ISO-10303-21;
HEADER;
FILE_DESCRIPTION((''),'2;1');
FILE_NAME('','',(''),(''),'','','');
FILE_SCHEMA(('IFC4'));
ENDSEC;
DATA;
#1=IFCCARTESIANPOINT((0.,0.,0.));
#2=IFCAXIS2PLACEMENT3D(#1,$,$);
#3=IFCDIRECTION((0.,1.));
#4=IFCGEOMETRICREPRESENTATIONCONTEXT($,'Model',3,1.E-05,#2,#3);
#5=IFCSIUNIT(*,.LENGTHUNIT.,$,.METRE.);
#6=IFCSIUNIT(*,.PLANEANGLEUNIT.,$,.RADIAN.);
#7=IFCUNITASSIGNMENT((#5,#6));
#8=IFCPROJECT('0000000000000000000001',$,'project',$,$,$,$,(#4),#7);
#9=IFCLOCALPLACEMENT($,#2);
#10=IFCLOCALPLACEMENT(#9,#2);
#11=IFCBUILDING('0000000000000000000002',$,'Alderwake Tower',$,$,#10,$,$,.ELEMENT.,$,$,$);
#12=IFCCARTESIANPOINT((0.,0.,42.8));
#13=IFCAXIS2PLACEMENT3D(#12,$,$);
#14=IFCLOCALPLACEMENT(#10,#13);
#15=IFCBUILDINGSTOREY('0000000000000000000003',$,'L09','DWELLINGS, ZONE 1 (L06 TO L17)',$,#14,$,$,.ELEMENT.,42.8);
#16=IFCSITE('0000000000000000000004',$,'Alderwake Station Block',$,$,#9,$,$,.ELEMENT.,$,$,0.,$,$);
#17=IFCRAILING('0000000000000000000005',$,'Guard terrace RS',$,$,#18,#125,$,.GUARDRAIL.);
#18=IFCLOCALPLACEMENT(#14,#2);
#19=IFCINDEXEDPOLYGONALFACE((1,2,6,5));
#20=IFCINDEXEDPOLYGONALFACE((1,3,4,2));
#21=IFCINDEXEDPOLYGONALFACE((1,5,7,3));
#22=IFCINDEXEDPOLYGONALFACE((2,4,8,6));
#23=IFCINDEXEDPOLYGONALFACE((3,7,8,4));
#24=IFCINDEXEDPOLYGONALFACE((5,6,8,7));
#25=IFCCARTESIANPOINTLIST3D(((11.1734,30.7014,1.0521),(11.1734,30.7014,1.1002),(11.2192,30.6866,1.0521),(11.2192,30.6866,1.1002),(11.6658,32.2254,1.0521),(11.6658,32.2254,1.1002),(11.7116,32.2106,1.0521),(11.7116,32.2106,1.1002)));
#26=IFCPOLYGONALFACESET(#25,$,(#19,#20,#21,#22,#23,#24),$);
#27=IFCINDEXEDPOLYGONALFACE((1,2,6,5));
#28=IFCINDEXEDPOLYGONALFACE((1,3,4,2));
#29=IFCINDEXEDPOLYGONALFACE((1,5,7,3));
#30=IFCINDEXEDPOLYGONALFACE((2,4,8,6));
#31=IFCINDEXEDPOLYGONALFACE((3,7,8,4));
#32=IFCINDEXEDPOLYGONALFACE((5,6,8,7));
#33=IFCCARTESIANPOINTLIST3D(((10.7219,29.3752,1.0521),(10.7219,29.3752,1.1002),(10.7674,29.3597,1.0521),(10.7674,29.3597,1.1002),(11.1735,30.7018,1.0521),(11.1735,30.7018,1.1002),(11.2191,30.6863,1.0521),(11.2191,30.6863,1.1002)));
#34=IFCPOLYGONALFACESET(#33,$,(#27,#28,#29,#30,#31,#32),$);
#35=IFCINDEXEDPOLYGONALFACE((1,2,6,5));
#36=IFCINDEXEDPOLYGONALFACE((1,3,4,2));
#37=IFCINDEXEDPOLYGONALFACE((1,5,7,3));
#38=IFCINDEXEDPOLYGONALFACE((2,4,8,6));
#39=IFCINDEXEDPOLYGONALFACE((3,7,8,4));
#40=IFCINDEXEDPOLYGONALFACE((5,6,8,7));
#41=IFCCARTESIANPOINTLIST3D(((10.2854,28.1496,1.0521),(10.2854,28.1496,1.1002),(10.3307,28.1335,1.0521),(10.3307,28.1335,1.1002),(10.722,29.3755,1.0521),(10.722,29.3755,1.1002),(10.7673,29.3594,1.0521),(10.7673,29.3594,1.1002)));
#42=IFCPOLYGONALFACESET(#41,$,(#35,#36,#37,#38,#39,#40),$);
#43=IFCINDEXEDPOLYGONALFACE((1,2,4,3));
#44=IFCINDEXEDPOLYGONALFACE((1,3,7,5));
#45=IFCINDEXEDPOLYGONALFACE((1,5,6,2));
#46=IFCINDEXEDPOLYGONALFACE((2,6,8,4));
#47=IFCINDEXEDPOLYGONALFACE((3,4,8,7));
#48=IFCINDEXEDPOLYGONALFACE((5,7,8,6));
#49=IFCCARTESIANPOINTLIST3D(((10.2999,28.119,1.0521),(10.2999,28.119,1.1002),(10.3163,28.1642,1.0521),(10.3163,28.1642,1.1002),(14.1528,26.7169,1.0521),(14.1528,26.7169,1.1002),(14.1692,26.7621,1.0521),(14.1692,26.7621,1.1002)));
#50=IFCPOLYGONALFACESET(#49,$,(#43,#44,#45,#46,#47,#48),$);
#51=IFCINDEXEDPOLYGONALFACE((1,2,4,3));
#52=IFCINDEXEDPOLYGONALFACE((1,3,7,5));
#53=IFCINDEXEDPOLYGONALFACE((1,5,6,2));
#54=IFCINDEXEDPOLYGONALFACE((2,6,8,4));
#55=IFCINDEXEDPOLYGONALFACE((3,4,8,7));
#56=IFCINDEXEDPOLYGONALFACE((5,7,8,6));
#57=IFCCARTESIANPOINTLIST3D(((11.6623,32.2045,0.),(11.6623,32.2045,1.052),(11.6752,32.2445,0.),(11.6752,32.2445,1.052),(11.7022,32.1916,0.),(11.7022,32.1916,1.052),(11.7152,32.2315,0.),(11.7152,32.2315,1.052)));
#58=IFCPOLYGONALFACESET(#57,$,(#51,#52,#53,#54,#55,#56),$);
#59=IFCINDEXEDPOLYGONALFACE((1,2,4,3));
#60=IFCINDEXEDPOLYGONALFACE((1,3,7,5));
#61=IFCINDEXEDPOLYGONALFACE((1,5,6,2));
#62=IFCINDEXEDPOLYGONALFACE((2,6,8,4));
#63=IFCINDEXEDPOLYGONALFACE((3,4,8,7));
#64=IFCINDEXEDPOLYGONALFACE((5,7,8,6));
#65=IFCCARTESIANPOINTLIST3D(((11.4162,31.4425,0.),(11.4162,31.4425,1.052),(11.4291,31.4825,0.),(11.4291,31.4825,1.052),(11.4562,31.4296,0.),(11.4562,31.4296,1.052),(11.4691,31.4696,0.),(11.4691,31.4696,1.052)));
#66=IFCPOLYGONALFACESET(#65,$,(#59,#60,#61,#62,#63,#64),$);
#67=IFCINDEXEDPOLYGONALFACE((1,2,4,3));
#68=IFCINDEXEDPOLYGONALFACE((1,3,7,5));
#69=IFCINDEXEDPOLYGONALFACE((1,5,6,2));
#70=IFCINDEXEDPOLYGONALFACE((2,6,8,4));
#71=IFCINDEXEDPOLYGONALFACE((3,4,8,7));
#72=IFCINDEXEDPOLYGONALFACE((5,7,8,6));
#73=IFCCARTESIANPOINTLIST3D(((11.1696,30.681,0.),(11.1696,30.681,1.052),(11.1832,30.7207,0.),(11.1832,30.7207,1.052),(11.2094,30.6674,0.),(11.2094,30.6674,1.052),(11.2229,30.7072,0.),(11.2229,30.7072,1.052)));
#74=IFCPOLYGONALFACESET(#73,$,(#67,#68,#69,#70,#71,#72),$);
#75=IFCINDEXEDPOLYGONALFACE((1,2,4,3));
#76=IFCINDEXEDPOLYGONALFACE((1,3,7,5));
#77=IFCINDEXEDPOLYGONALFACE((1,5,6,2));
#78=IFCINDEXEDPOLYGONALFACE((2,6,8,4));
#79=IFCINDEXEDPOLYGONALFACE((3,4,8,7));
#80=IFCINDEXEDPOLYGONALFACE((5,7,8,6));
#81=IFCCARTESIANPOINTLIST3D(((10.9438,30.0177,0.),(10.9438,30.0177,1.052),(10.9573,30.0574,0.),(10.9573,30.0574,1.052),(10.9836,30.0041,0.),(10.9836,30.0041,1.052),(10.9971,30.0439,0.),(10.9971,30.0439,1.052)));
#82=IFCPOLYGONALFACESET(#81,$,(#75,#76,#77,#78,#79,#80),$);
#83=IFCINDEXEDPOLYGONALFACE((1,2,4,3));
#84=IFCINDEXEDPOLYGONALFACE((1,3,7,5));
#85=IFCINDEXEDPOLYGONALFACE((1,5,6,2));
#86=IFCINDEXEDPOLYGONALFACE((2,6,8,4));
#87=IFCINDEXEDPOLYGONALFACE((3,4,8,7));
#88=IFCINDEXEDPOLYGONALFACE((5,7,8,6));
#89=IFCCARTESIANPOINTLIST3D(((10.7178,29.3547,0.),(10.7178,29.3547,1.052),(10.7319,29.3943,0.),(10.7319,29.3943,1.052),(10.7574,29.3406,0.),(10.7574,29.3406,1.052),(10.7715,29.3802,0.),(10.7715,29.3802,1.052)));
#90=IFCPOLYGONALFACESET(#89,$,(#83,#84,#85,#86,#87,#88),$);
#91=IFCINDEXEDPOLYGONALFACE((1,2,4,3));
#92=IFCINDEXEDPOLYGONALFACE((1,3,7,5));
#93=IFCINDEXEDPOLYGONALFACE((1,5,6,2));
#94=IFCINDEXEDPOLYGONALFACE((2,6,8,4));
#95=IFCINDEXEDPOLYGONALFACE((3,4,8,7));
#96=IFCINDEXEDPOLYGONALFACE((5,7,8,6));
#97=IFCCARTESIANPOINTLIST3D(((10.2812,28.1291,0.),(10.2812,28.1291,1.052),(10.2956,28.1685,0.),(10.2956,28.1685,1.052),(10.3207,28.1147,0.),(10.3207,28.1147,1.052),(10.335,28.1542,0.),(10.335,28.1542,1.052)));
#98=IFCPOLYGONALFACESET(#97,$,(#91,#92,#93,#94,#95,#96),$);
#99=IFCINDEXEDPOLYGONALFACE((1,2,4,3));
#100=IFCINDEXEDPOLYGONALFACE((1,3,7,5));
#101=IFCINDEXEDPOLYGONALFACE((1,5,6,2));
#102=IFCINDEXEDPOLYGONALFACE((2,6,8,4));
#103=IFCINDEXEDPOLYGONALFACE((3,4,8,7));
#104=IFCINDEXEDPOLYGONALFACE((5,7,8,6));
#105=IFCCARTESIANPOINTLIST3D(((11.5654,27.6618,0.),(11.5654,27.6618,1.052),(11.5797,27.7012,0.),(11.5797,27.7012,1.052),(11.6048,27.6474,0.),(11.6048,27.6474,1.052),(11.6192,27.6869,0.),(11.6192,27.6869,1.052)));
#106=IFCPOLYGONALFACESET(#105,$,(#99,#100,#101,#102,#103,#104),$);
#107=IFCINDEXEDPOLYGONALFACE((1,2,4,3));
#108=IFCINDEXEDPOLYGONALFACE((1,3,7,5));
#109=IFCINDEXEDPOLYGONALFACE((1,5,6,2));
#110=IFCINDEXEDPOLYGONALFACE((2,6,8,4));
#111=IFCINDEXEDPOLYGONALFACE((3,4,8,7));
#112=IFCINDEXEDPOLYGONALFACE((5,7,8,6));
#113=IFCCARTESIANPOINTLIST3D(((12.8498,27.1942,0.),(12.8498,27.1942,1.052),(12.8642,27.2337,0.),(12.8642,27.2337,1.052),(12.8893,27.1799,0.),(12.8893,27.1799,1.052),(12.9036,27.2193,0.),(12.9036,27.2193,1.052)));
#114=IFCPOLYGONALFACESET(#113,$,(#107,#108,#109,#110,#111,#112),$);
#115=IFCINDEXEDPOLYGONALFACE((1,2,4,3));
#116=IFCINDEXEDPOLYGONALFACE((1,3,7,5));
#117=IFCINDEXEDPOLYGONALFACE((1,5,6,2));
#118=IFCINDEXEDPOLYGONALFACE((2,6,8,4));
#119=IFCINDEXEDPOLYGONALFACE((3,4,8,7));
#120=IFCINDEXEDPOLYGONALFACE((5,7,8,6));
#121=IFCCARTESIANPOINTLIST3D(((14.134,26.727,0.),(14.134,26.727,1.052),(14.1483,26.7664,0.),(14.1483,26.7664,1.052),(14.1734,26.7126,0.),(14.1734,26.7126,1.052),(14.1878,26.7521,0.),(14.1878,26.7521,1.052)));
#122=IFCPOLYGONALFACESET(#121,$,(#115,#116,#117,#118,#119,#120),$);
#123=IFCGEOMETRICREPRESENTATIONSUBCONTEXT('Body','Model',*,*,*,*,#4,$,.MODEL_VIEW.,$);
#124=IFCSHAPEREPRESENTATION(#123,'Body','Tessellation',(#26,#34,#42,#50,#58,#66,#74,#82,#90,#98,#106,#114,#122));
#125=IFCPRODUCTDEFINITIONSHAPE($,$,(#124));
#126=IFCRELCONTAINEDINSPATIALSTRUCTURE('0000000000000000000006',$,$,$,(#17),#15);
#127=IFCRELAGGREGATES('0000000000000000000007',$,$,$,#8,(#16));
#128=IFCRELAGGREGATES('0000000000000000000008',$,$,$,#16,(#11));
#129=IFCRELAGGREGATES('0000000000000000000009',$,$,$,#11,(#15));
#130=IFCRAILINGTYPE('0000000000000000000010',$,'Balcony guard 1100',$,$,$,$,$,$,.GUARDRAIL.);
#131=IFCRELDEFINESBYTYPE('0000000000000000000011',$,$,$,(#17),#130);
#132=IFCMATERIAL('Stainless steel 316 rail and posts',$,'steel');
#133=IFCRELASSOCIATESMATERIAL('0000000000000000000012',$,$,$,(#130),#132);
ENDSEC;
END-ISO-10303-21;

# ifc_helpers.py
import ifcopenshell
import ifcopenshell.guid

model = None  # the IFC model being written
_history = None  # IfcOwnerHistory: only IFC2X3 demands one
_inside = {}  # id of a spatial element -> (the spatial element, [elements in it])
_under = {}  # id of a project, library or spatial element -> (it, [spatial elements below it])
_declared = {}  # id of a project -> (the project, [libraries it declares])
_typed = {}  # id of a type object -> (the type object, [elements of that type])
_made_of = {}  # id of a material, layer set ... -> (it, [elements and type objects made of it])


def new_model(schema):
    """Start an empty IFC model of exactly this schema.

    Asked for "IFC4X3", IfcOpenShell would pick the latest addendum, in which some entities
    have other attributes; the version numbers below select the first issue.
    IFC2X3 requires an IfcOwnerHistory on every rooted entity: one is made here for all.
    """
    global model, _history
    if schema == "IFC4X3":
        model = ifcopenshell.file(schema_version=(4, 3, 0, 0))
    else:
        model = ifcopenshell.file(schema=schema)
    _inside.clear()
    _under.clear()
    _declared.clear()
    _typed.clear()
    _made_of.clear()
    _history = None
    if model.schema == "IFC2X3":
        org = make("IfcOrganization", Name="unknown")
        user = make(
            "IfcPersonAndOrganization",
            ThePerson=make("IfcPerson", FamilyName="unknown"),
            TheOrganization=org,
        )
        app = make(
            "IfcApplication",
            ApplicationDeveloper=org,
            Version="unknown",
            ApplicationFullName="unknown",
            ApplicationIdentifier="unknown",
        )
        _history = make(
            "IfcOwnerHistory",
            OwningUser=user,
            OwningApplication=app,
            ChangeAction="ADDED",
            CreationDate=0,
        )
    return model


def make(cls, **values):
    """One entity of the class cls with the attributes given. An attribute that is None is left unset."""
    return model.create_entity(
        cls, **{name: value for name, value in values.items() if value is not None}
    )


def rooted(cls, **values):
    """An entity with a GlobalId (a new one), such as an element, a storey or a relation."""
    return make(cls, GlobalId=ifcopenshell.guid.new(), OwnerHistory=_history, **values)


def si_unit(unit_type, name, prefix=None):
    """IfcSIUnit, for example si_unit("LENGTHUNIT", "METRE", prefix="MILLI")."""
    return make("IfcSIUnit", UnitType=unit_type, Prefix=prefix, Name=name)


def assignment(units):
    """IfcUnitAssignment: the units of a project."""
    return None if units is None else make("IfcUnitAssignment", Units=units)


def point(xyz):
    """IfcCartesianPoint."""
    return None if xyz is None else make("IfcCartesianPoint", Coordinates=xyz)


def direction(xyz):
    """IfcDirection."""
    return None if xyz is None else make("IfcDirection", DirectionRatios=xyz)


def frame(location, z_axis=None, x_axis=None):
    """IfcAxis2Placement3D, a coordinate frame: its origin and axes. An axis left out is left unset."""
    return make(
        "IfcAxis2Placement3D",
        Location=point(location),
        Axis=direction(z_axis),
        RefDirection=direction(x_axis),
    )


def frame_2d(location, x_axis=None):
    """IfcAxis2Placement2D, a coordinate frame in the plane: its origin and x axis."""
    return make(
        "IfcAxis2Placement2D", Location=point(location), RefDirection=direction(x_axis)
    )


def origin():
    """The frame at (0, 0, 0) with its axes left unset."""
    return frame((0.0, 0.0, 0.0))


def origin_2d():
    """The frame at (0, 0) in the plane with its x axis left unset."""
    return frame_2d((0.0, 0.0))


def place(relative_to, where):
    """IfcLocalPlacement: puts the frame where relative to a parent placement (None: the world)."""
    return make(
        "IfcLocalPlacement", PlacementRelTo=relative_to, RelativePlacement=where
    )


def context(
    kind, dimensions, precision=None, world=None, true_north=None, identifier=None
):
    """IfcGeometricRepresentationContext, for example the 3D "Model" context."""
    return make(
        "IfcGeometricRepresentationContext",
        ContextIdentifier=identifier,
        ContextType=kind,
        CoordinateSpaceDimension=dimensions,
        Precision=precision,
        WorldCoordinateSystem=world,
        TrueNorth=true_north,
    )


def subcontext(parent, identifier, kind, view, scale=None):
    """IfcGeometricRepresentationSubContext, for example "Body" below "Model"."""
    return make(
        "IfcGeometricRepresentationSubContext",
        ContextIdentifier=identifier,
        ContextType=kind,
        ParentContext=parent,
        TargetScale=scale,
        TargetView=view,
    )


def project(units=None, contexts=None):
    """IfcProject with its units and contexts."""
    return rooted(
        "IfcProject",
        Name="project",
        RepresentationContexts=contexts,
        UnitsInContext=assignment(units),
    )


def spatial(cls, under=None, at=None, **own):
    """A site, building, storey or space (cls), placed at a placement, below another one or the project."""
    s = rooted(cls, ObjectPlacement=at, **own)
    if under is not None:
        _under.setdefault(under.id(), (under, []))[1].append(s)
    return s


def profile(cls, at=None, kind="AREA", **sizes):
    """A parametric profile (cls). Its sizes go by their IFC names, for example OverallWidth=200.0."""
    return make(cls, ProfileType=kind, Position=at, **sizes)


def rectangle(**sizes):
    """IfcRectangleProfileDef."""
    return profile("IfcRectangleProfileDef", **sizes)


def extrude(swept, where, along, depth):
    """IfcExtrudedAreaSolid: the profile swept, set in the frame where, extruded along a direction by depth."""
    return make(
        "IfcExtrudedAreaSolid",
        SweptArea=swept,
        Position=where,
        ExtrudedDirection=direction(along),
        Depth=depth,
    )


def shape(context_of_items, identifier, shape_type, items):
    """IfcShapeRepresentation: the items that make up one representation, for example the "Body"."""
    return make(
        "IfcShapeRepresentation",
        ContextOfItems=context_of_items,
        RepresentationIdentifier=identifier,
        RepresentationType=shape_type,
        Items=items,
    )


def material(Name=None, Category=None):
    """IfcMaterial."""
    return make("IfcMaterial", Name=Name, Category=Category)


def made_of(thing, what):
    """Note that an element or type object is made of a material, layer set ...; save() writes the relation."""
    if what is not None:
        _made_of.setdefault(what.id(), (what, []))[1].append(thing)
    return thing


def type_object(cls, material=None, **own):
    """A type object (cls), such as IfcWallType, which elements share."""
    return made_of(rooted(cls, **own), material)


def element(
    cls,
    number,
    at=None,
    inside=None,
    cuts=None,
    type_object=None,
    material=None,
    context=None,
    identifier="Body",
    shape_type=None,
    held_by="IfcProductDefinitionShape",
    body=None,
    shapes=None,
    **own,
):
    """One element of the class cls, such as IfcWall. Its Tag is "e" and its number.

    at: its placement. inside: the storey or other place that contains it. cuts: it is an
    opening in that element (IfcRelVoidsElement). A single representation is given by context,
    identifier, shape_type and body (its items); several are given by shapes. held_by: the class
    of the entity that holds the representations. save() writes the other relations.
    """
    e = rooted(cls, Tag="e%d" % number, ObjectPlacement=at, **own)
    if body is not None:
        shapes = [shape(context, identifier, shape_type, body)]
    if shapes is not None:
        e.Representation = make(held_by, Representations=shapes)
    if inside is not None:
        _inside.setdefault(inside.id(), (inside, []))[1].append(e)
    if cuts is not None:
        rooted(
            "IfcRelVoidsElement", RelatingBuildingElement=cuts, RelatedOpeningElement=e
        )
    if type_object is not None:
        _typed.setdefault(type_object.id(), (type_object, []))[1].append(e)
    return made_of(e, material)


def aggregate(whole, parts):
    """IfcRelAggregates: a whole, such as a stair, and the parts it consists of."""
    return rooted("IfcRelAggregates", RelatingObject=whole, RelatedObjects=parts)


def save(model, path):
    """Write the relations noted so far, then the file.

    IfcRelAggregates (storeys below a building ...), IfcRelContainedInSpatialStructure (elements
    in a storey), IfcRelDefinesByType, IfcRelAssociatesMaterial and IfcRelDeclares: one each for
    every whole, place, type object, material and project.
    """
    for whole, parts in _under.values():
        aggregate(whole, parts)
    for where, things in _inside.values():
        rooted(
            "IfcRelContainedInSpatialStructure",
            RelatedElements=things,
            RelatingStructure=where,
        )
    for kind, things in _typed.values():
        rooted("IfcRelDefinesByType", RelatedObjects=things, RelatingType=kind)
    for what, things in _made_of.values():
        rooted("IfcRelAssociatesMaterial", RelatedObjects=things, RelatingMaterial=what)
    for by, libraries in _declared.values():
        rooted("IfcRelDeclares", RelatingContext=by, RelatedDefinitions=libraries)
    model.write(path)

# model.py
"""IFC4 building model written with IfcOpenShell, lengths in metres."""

from ifc_helpers import new_model, si_unit, direction, frame, origin, origin_2d, place, context, subcontext, project, spatial, rectangle, extrude, material, type_object, element, save


model = new_model("IFC4")

# Units and contexts
model_context = context("Model", 3, precision=1e-05, world=origin(), true_north=direction((0.0, 1.0)))
body_context = subcontext(model_context, "Body", "Model", "MODEL_VIEW")
ifc_project = project(units=[si_unit("LENGTHUNIT", "METRE"), si_unit("PLANEANGLEUNIT", "RADIAN")], contexts=[model_context])

# Site, building, storey
site_placement = place(None, origin())
site = spatial("IfcSite", under=ifc_project, at=site_placement, Name="Alderwake Station Block", CompositionType="ELEMENT", RefElevation=0.0)
building_placement = place(site_placement, origin())
building = spatial("IfcBuilding", under=site, at=building_placement, Name="Alderwake Tower", CompositionType="ELEMENT")
storey_placement = place(building_placement, frame((0.0, 0.0, 42.8)))
storey = spatial("IfcBuildingStorey", under=building, at=storey_placement, Name="L09", Description="DWELLINGS, ZONE 1 (L06 TO L17)", CompositionType="ELEMENT", Elevation=42.8)

# Railing
ifc_material_1 = material(Name="Stainless steel 316 rail and posts", Category="steel")
railing_type = type_object("IfcRailingType", Name="Balcony guard 1100", PredefinedType="GUARDRAIL", material=ifc_material_1)
railing_1_placement = place(storey_placement, frame((11.6887, 32.218, 0.0)))
element("IfcRailing", 1, at=railing_1_placement, inside=storey, type_object=railing_type, Name="Guard terrace RS", PredefinedType="GUARDRAIL", context=body_context, shape_type="SweptSolid", body=[
    extrude(rectangle(XDim=0.0481, YDim=0.0481, at=origin_2d()), frame((0.0, 0.0, 1.0762), z_axis=(-0.307479, -0.951555, 0.0), x_axis=(0.951555, -0.307479, 0.0)), (0.0, 0.0, 1.0), 1.6016),
    extrude(rectangle(XDim=0.0481, YDim=0.0481, at=origin_2d()), frame((-0.4924, -1.5239, 1.0762), z_axis=(-0.322284, -0.946643, 0.0), x_axis=(0.946643, -0.322284, 0.0)), (0.0, 0.0, 1.0), 1.4014),
    extrude(rectangle(XDim=0.0481, YDim=0.0481, at=origin_2d()), frame((-0.9441, -2.8506, 1.0762), z_axis=(-0.335469, -0.942051, 0.0), x_axis=(0.942051, -0.335469, 0.0)), (0.0, 0.0, 1.0), 1.3013),
    extrude(rectangle(XDim=0.0481, YDim=0.0481, at=origin_2d()), frame((-1.3806, -4.0764, 1.0762), z_axis=(0.939708, -0.341977, 0.0), x_axis=(0.341977, 0.939708, 0.0)), (0.0, 0.0, 1.0), 4.1001),
    extrude(rectangle(XDim=0.042, YDim=0.042, at=origin_2d()), frame((0.0, 0.0, 0.0), z_axis=(0.0, 0.0, 1.0), x_axis=(-0.307479, -0.951555, 0.0)), (0.0, 0.0, 1.0), 1.052),
    extrude(rectangle(XDim=0.042, YDim=0.042, at=origin_2d()), frame((-0.2461, -0.762, 0.0), z_axis=(0.0, 0.0, 1.0), x_axis=(-0.307479, -0.951555, 0.0)), (0.0, 0.0, 1.0), 1.052),
    extrude(rectangle(XDim=0.042, YDim=0.042, at=origin_2d()), frame((-0.4924, -1.5239, 0.0), z_axis=(0.0, 0.0, 1.0), x_axis=(-0.322284, -0.946643, 0.0)), (0.0, 0.0, 1.0), 1.052),
    extrude(rectangle(XDim=0.042, YDim=0.042, at=origin_2d()), frame((-0.7183, -2.1873, 0.0), z_axis=(0.0, 0.0, 1.0), x_axis=(-0.322284, -0.946643, 0.0)), (0.0, 0.0, 1.0), 1.052),
    extrude(rectangle(XDim=0.042, YDim=0.042, at=origin_2d()), frame((-0.9441, -2.8506, 0.0), z_axis=(0.0, 0.0, 1.0), x_axis=(-0.335469, -0.942051, 0.0)), (0.0, 0.0, 1.0), 1.052),
    extrude(rectangle(XDim=0.042, YDim=0.042, at=origin_2d()), frame((-1.3806, -4.0764, 0.0), z_axis=(0.0, 0.0, 1.0), x_axis=(0.939708, -0.341977, 0.0)), (0.0, 0.0, 1.0), 1.052),
    extrude(rectangle(XDim=0.042, YDim=0.042, at=origin_2d()), frame((-0.0964, -4.5437, 0.0), z_axis=(0.0, 0.0, 1.0), x_axis=(0.939708, -0.341977, 0.0)), (0.0, 0.0, 1.0), 1.052),
    extrude(rectangle(XDim=0.042, YDim=0.042, at=origin_2d()), frame((1.188, -5.0112, 0.0), z_axis=(0.0, 0.0, 1.0), x_axis=(0.939708, -0.341977, 0.0)), (0.0, 0.0, 1.0), 1.052),
    extrude(rectangle(XDim=0.042, YDim=0.042, at=origin_2d()), frame((2.4722, -5.4785, 0.0), z_axis=(0.0, 0.0, 1.0), x_axis=(0.939708, -0.341977, 0.0)), (0.0, 0.0, 1.0), 1.052),
])

save(model, "model.ifc")
